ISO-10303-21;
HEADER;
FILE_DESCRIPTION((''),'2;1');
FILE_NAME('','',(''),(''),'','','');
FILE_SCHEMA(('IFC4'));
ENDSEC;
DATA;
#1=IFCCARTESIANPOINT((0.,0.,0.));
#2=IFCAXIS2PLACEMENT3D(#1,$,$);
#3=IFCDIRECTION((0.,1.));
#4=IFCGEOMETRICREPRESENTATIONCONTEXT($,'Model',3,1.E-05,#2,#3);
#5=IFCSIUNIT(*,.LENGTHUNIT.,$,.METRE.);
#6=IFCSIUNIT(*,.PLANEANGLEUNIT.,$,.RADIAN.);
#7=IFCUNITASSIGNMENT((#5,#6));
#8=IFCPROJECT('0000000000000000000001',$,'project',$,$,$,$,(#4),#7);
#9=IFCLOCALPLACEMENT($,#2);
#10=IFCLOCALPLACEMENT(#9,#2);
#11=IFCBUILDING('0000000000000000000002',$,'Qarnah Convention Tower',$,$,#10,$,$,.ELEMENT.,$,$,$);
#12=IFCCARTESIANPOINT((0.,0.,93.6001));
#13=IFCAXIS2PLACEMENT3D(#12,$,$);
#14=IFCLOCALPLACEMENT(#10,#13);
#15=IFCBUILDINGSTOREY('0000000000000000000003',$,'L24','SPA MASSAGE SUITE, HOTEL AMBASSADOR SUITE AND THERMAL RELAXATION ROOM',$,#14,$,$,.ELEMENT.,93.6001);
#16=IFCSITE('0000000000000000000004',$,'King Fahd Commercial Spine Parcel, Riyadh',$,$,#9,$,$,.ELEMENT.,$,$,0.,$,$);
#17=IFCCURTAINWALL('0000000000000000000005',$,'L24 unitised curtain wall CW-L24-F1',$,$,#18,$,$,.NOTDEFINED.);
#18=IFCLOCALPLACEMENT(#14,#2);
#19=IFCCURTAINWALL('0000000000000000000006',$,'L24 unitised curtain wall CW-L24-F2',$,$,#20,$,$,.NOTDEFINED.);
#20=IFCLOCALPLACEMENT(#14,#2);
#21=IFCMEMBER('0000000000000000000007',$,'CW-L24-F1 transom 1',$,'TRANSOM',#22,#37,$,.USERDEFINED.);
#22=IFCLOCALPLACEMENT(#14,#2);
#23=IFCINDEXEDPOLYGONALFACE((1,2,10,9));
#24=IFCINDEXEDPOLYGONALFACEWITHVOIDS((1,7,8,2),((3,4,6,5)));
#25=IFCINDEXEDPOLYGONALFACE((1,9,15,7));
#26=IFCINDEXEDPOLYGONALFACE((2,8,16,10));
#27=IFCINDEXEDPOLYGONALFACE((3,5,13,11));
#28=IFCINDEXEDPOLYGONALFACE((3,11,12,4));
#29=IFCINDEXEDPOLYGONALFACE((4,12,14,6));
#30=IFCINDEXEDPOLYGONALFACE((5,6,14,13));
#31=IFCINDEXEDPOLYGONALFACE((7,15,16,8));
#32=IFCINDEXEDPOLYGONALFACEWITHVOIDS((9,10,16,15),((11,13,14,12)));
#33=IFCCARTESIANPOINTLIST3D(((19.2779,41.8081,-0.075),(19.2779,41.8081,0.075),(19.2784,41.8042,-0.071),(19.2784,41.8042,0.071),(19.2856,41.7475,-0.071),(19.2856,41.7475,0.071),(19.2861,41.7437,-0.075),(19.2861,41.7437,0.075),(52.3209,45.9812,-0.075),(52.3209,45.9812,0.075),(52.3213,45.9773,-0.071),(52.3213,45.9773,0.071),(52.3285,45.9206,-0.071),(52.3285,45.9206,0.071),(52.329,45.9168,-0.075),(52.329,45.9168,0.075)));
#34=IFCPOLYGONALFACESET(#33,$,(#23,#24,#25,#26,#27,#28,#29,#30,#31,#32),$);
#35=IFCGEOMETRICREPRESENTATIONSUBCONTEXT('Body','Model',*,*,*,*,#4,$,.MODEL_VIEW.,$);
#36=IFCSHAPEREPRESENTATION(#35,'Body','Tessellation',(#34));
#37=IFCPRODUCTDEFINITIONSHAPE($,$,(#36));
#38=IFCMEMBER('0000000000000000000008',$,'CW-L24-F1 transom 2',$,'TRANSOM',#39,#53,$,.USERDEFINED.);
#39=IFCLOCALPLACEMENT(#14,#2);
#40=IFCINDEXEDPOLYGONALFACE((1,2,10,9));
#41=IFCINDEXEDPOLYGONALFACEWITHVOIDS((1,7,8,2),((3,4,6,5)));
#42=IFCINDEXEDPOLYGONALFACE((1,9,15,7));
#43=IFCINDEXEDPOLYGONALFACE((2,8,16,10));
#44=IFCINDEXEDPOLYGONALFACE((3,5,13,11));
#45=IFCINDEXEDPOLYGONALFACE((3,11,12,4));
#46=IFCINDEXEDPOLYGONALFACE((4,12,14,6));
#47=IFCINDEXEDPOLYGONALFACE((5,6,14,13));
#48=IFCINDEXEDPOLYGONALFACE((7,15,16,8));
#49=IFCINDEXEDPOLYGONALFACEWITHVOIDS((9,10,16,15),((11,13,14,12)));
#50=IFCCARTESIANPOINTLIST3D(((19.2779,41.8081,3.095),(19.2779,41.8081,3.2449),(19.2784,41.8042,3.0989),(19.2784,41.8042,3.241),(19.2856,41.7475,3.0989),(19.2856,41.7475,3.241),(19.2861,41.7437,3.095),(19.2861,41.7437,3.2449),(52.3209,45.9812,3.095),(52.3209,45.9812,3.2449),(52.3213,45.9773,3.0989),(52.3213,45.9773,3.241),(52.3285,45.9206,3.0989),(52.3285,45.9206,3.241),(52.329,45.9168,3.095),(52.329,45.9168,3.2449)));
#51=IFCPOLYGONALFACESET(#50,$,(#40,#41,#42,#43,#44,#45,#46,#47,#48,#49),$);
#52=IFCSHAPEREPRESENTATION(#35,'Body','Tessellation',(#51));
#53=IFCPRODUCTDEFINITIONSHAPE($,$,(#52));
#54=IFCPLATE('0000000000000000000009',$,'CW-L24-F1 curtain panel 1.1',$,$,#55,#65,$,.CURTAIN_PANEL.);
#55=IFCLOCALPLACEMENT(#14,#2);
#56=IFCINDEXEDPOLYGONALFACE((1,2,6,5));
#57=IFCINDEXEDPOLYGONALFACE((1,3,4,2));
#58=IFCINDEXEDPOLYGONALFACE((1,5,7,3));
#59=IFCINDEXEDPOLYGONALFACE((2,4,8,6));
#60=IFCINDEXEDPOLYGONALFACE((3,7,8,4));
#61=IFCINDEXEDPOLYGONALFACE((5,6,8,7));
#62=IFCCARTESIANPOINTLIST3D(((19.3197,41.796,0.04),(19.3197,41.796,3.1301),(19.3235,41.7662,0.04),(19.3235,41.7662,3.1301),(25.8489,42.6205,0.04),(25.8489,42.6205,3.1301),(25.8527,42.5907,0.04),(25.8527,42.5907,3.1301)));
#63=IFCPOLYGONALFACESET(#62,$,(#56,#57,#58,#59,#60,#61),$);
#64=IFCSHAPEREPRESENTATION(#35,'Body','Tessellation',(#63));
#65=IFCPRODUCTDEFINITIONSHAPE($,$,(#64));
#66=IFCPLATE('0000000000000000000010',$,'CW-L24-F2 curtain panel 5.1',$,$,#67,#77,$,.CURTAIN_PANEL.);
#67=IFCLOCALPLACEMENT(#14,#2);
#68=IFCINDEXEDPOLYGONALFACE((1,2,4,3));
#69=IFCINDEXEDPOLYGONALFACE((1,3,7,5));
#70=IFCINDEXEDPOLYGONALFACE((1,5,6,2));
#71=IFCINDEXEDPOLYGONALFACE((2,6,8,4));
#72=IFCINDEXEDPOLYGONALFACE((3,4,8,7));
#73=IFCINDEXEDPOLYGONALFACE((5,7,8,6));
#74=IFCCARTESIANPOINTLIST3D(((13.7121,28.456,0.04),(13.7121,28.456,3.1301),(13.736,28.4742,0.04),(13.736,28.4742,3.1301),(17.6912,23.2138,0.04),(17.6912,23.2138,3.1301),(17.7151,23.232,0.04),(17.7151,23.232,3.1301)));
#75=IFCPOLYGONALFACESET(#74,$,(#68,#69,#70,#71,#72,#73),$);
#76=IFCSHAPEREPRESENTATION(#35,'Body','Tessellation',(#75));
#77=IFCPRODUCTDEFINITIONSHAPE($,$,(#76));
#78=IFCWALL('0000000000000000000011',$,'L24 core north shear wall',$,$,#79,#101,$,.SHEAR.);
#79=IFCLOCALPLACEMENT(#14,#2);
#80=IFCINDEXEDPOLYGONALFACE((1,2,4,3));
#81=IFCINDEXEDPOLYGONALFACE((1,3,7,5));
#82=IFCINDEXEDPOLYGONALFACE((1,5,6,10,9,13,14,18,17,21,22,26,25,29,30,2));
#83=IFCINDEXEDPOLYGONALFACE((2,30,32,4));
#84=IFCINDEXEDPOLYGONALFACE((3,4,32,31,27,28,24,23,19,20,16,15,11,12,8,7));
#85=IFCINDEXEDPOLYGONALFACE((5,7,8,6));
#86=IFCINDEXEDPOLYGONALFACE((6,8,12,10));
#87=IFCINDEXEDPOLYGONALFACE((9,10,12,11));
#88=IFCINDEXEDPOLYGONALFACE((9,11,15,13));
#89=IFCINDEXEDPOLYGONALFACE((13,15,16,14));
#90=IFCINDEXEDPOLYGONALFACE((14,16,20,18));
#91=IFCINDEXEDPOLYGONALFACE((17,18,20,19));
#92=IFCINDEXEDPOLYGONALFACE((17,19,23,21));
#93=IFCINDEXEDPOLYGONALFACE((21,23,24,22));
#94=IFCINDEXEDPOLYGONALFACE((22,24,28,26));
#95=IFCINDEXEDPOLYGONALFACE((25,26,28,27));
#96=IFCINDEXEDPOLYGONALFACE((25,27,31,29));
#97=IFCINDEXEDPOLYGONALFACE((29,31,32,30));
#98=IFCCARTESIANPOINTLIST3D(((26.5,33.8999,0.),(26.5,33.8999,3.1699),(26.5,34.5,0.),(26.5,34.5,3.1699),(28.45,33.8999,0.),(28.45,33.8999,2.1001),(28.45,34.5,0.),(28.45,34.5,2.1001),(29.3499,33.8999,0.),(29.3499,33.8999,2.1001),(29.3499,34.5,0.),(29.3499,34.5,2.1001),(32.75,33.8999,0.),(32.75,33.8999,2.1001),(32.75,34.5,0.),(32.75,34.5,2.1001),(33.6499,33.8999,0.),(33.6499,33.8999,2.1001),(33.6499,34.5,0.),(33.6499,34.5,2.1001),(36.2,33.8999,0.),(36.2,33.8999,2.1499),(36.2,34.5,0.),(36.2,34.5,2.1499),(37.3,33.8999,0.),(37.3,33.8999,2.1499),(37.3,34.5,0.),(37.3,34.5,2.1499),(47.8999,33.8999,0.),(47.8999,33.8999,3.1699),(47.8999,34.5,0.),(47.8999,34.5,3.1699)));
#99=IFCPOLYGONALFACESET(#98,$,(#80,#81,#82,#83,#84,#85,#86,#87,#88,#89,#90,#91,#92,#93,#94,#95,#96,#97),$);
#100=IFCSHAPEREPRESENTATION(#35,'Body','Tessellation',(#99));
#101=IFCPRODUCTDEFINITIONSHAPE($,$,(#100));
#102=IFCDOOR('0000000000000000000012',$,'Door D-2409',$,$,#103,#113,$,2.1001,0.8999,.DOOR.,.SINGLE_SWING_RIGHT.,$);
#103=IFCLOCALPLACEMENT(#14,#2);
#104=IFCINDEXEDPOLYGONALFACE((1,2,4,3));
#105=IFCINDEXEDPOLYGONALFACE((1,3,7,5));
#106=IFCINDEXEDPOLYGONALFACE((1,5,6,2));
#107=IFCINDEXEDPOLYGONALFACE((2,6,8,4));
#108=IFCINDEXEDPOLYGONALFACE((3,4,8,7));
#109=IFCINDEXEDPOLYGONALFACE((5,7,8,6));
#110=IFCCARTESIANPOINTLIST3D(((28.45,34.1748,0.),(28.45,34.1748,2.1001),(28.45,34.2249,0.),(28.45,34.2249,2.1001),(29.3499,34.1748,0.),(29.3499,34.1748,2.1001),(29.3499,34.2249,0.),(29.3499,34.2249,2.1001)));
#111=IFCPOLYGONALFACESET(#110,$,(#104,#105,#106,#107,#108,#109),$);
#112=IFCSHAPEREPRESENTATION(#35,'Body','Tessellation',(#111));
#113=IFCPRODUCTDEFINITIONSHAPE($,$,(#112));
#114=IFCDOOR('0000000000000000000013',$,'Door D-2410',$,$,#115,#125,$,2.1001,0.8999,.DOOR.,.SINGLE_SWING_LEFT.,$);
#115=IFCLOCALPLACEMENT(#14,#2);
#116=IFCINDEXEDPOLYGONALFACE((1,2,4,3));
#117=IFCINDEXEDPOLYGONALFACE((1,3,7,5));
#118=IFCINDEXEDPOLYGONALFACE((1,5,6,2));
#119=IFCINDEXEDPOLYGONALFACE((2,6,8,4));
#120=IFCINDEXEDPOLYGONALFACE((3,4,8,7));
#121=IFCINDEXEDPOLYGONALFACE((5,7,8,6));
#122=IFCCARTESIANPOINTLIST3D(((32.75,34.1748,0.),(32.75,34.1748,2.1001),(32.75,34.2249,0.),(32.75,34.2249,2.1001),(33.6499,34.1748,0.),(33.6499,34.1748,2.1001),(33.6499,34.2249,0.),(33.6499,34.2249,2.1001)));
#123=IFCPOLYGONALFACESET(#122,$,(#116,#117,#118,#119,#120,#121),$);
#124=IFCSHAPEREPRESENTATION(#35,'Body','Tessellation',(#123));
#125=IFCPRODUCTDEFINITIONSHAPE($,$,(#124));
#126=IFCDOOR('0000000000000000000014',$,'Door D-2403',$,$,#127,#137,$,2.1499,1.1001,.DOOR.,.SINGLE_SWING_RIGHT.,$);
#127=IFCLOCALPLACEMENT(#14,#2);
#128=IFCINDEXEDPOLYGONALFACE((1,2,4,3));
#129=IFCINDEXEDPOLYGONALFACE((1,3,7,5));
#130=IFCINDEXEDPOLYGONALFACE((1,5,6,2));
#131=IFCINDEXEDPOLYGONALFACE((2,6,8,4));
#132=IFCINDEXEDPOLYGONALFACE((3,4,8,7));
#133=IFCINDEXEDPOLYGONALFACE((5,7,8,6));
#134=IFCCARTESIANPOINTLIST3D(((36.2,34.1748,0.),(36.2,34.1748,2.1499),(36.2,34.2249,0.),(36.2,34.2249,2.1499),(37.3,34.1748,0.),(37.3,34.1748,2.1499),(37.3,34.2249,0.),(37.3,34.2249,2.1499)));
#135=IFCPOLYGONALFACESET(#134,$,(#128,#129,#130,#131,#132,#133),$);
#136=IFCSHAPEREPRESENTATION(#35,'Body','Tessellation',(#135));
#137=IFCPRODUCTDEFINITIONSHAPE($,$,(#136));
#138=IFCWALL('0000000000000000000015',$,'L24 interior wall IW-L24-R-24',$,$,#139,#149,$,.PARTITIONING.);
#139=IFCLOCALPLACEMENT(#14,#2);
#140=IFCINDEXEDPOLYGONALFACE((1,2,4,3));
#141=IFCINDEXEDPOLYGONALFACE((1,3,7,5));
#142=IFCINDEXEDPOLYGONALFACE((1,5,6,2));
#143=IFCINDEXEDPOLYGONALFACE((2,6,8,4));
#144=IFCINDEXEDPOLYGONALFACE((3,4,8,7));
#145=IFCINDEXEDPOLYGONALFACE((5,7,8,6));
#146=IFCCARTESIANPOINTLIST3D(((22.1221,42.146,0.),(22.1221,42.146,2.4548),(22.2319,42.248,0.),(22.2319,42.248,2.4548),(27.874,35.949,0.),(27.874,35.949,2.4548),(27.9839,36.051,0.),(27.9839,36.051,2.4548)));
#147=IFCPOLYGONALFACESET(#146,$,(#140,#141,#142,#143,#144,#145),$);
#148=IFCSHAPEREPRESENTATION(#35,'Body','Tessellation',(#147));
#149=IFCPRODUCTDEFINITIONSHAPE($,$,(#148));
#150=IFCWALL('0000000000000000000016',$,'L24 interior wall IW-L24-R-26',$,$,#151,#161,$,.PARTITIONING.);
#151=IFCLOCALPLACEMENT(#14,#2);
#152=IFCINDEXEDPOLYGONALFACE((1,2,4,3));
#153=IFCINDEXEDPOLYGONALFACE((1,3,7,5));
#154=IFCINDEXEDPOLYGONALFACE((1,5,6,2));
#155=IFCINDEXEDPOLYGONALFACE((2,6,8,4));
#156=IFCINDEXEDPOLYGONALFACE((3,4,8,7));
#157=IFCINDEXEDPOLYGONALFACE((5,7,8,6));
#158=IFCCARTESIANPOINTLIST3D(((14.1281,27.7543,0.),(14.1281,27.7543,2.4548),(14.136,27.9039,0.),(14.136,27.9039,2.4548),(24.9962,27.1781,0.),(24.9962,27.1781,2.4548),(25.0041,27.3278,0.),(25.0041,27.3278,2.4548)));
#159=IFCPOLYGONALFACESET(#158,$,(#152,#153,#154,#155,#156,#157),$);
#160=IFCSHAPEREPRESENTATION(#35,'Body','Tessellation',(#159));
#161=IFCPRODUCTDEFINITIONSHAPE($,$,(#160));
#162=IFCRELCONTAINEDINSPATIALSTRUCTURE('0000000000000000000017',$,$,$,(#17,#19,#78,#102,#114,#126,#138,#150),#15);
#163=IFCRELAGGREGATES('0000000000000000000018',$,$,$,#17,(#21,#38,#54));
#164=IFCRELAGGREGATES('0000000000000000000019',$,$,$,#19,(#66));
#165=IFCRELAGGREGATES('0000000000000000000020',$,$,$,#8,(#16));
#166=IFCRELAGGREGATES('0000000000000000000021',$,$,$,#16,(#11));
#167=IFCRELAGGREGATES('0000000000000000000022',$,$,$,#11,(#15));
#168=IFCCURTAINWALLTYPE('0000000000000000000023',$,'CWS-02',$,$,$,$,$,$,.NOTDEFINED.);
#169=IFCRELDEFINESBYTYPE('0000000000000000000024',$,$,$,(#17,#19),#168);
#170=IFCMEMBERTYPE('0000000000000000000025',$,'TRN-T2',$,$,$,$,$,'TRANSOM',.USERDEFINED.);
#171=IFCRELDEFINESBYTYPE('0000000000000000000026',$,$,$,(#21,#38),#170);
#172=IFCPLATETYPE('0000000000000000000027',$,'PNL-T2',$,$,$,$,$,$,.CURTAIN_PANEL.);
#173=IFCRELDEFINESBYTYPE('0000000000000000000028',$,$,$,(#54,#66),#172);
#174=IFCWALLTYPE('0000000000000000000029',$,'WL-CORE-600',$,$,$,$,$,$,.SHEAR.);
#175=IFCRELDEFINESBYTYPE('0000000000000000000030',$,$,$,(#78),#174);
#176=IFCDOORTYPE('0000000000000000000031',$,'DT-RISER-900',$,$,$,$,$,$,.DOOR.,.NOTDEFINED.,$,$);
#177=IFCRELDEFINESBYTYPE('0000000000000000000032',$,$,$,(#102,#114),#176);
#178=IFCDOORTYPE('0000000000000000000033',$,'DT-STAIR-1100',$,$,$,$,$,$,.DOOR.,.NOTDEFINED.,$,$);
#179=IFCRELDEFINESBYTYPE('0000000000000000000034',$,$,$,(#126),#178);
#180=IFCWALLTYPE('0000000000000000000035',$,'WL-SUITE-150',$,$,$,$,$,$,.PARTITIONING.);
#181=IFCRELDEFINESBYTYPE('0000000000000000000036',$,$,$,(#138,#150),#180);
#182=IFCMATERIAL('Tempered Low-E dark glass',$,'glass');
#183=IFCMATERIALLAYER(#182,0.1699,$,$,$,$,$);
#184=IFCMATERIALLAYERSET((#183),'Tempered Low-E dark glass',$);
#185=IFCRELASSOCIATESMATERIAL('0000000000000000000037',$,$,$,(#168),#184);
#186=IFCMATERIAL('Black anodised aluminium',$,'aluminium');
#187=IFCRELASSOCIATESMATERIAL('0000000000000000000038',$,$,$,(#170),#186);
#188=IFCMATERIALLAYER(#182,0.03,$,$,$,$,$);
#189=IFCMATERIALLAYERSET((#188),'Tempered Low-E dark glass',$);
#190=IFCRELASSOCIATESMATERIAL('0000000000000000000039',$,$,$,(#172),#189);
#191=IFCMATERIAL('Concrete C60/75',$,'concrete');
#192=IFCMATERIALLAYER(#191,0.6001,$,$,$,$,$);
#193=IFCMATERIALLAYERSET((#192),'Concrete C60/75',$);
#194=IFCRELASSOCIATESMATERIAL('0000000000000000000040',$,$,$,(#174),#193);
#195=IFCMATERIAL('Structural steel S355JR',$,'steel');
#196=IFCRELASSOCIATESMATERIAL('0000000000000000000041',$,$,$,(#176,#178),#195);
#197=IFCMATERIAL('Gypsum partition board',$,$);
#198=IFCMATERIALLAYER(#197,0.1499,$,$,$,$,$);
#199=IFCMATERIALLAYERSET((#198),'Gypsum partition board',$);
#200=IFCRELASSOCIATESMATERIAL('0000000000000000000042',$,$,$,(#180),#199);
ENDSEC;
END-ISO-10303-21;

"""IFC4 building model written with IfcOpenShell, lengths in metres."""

from ifc_helpers import new_model, si_unit, direction, frame, frame_2d, origin, origin_2d, place, context, subcontext, project, spatial, rectangle, hollow_rectangle, extrude, material, layer, layer_set, material_profile, profile_set, type_object, element, fill, aggregate, save


model = new_model("IFC4")

# Units and contexts
model_context = context("Model", 3, precision=1e-05, world=origin(), true_north=direction((0.0, 1.0)))
body_context = subcontext(model_context, "Body", "Model", "MODEL_VIEW")
ifc_project = project(units=[si_unit("LENGTHUNIT", "METRE"), si_unit("PLANEANGLEUNIT", "RADIAN")], contexts=[model_context])

# Site, building, storey
site_placement = place(None, origin())
site = spatial("IfcSite", under=ifc_project, at=site_placement, Name="King Fahd Commercial Spine Parcel, Riyadh", CompositionType="ELEMENT", RefElevation=0.0)
building_placement = place(site_placement, origin())
building = spatial("IfcBuilding", under=site, at=building_placement, Name="Qarnah Convention Tower", CompositionType="ELEMENT")
storey_placement = place(building_placement, frame((0.0, 0.0, 93.6001)))
storey = spatial("IfcBuildingStorey", under=building, at=storey_placement, Name="L24", Description="SPA MASSAGE SUITE, HOTEL AMBASSADOR SUITE AND THERMAL RELAXATION ROOM", CompositionType="ELEMENT", Elevation=93.6001)

# Shared definitions
ifc_material_1 = material(Name="Concrete C60/75", Category="concrete")

# Shared definitions
ifc_material_2 = material(Name="Structural steel S355JR", Category="steel")

# Curtain wall
ifc_material_3 = material(Name="Tempered Low-E dark glass", Category="glass")
ifc_layer_1 = layer(ifc_material_3, 0.1699)
ifc_layer_set_1 = layer_set([ifc_layer_1], Name="Tempered Low-E dark glass")
curtain_wall_type = type_object("IfcCurtainWallType", Name="CWS-02", PredefinedType="NOTDEFINED", material=ifc_layer_set_1)
curtain_wall_1_placement = place(storey_placement, origin())
curtain_wall_1 = element("IfcCurtainWall", 1, at=curtain_wall_1_placement, inside=storey, type_object=curtain_wall_type, Name="L24 unitised curtain wall CW-L24-F1", PredefinedType="NOTDEFINED")
ifc_material_4 = material(Name="Black anodised aluminium", Category="aluminium")

# Curtain wall
curtain_wall_2_placement = place(storey_placement, origin())
curtain_wall_2 = element("IfcCurtainWall", 2, at=curtain_wall_2_placement, inside=storey, type_object=curtain_wall_type, Name="L24 unitised curtain wall CW-L24-F2", PredefinedType="NOTDEFINED")

# Members
ifc_material_profile_1 = material_profile(ifc_material_4, hollow_rectangle(XDim=0.0649, YDim=0.1499, WallThickness=0.0039, at=origin_2d()), Name="TRN-65X150")
ifc_profile_set_1 = profile_set([ifc_material_profile_1], Name="Black anodised aluminium")
member_type_1 = type_object("IfcMemberType", Name="TRN-T2", ElementType="TRANSOM", PredefinedType="USERDEFINED", material=ifc_profile_set_1)
member_1_placement = place(storey_placement, frame((19.282, 41.7759, 0.0), z_axis=(0.992119, 0.125298, 0.0), x_axis=(-0.125298, 0.992119, 0.0)))
member_1 = element("IfcMember", 3, at=member_1_placement, type_object=member_type_1, Name="CW-L24-F1 transom 1", ObjectType="TRANSOM", PredefinedType="USERDEFINED", context=body_context, shape_type="SweptSolid", body=[
    extrude(hollow_rectangle(XDim=0.0649, YDim=0.1499, WallThickness=0.0039, at=origin_2d()), origin(), (0.0, 0.0, 1.0), 33.3054),
])
member_2_placement = place(storey_placement, frame((19.282, 41.7759, 3.1699), z_axis=(0.992119, 0.125298, 0.0), x_axis=(-0.125298, 0.992119, 0.0)))
member_2 = element("IfcMember", 4, at=member_2_placement, type_object=member_type_1, Name="CW-L24-F1 transom 2", ObjectType="TRANSOM", PredefinedType="USERDEFINED", context=body_context, shape_type="SweptSolid", body=[
    extrude(hollow_rectangle(XDim=0.0649, YDim=0.1499, WallThickness=0.0039, at=origin_2d()), origin(), (0.0, 0.0, 1.0), 33.3054),
])

# Plates
ifc_layer_2 = layer(ifc_material_3, 0.03)
ifc_layer_set_2 = layer_set([ifc_layer_2], Name="Tempered Low-E dark glass")
plate_type = type_object("IfcPlateType", Name="PNL-T2", PredefinedType="CURTAIN_PANEL", material=ifc_layer_set_2)
plate_1_placement = place(storey_placement, frame((22.5862, 42.1934, 0.04), z_axis=(0.0, 0.0, 1.0), x_axis=(0.99212, 0.125295, 0.0)))
plate_1 = element("IfcPlate", 5, at=plate_1_placement, type_object=plate_type, Name="CW-L24-F1 curtain panel 1.1", PredefinedType="CURTAIN_PANEL", context=body_context, shape_type="SweptSolid", body=[
    extrude(rectangle(XDim=6.5811, YDim=0.03, at=origin_2d()), origin(), (0.0, 0.0, 1.0), 3.0901),
])
aggregate(curtain_wall_1, [member_1, member_2, plate_1])
plate_2_placement = place(storey_placement, frame((15.7136, 25.844, 0.04), z_axis=(0.0, 0.0, 1.0), x_axis=(-0.604607, 0.796524, 0.0)))
plate_2 = element("IfcPlate", 6, at=plate_2_placement, type_object=plate_type, Name="CW-L24-F2 curtain panel 5.1", PredefinedType="CURTAIN_PANEL", context=body_context, shape_type="SweptSolid", body=[
    extrude(rectangle(XDim=6.5813, YDim=0.03, at=origin_2d()), origin(), (0.0, 0.0, 1.0), 3.0901),
])
aggregate(curtain_wall_2, [plate_2])

# Wall, openings, doors
ifc_layer_3 = layer(ifc_material_1, 0.6001)
ifc_layer_set_3 = layer_set([ifc_layer_3], Name="Concrete C60/75")
wall_type_1 = type_object("IfcWallType", Name="WL-CORE-600", PredefinedType="SHEAR", material=ifc_layer_set_3)
wall_1_placement = place(storey_placement, frame((26.5, 34.2, 0.0), z_axis=(0.0, 0.0, 1.0), x_axis=(1.0, 0.0, 0.0)))
wall_1 = element("IfcWall", 7, at=wall_1_placement, inside=storey, type_object=wall_type_1, Name="L24 core north shear wall", PredefinedType="SHEAR", context=body_context, shape_type="SweptSolid", body=[
    extrude(rectangle(XDim=21.3999, YDim=0.6001, at=frame_2d((10.7, 0.0))), origin(), (0.0, 0.0, 1.0), 3.1699),
])
opening_1_placement = place(wall_1_placement, frame((9.7, 0.0, 0.0)))
opening_1 = element("IfcOpeningElement", 8, at=opening_1_placement, cuts=wall_1, PredefinedType="OPENING", context=body_context, shape_type="SweptSolid", body=[
    extrude(rectangle(XDim=1.1001, YDim=2.1499, at=frame_2d((0.55, 1.075))), frame((0.0, 0.3101, 0.0), z_axis=(0.0, -1.0, 0.0), x_axis=(1.0, 0.0, 0.0)), (0.0, 0.0, 1.0), 0.6201),
])
opening_2_placement = place(wall_1_placement, frame((1.95, 0.0, 0.0)))
opening_2 = element("IfcOpeningElement", 9, at=opening_2_placement, cuts=wall_1, PredefinedType="OPENING", context=body_context, shape_type="SweptSolid", body=[
    extrude(rectangle(XDim=0.8999, YDim=2.1001, at=frame_2d((0.45, 1.05))), frame((0.0, 0.3101, 0.0), z_axis=(0.0, -1.0, 0.0), x_axis=(1.0, 0.0, 0.0)), (0.0, 0.0, 1.0), 0.6201),
])
opening_3_placement = place(wall_1_placement, frame((6.25, 0.0, 0.0)))
opening_3 = element("IfcOpeningElement", 10, at=opening_3_placement, cuts=wall_1, PredefinedType="OPENING", context=body_context, shape_type="SweptSolid", body=[
    extrude(rectangle(XDim=0.8999, YDim=2.1001, at=frame_2d((0.45, 1.05))), frame((0.0, 0.3101, 0.0), z_axis=(0.0, -1.0, 0.0), x_axis=(1.0, 0.0, 0.0)), (0.0, 0.0, 1.0), 0.6201),
])
door_type_1 = type_object("IfcDoorType", Name="DT-RISER-900", OperationType="NOTDEFINED", PredefinedType="DOOR", material=ifc_material_2)
door_1_placement = place(opening_2_placement, origin())
door_1 = element("IfcDoor", 11, at=door_1_placement, inside=storey, type_object=door_type_1, Name="Door D-2409", OperationType="SINGLE_SWING_RIGHT", OverallHeight=2.1001, OverallWidth=0.8999, PredefinedType="DOOR", context=body_context, shape_type="SweptSolid", body=[
    extrude(rectangle(XDim=0.8999, YDim=2.1001, at=frame_2d((0.45, 1.05))), frame((0.0, 0.0249, 0.0), z_axis=(0.0, -1.0, 0.0), x_axis=(1.0, 0.0, 0.0)), (0.0, 0.0, 1.0), 0.05),
])
fill(opening_2, door_1)
door_2_placement = place(opening_3_placement, origin())
door_2 = element("IfcDoor", 12, at=door_2_placement, inside=storey, type_object=door_type_1, Name="Door D-2410", OperationType="SINGLE_SWING_LEFT", OverallHeight=2.1001, OverallWidth=0.8999, PredefinedType="DOOR", context=body_context, shape_type="SweptSolid", body=[
    extrude(rectangle(XDim=0.8999, YDim=2.1001, at=frame_2d((0.45, 1.05))), frame((0.0, 0.0249, 0.0), z_axis=(0.0, -1.0, 0.0), x_axis=(1.0, 0.0, 0.0)), (0.0, 0.0, 1.0), 0.05),
])
fill(opening_3, door_2)
door_type_2 = type_object("IfcDoorType", Name="DT-STAIR-1100", OperationType="NOTDEFINED", PredefinedType="DOOR", material=ifc_material_2)
door_3_placement = place(opening_1_placement, origin())
door_3 = element("IfcDoor", 13, at=door_3_placement, inside=storey, type_object=door_type_2, Name="Door D-2403", OperationType="SINGLE_SWING_RIGHT", OverallHeight=2.1499, OverallWidth=1.1001, PredefinedType="DOOR", context=body_context, shape_type="SweptSolid", body=[
    extrude(rectangle(XDim=1.1001, YDim=2.1499, at=frame_2d((0.55, 1.075))), frame((0.0, 0.0249, 0.0), z_axis=(0.0, -1.0, 0.0), x_axis=(1.0, 0.0, 0.0)), (0.0, 0.0, 1.0), 0.05),
])
fill(opening_1, door_3)

# Walls
ifc_material_5 = material(Name="Gypsum partition board")
ifc_layer_4 = layer(ifc_material_5, 0.1499)
ifc_layer_set_4 = layer_set([ifc_layer_4], Name="Gypsum partition board")
wall_type_2 = type_object("IfcWallType", Name="WL-SUITE-150", PredefinedType="PARTITIONING", material=ifc_layer_set_4)
wall_2_placement = place(storey_placement, frame((22.177, 42.197, 0.0), z_axis=(0.0, 0.0, 1.0), x_axis=(0.680297, -0.732936, 0.0)))
element("IfcWall", 14, at=wall_2_placement, inside=storey, type_object=wall_type_2, Name="L24 interior wall IW-L24-R-24", PredefinedType="PARTITIONING", context=body_context, shape_type="SweptSolid", body=[
    extrude(rectangle(XDim=8.4551, YDim=0.1499, at=frame_2d((4.2275, 0.0))), origin(), (0.0, 0.0, 1.0), 2.4548),
])
wall_3_placement = place(storey_placement, frame((14.1321, 27.8291, 0.0), z_axis=(0.0, 0.0, 1.0), x_axis=(0.998598, -0.052941, 0.0)))
element("IfcWall", 15, at=wall_3_placement, inside=storey, type_object=wall_type_2, Name="L24 interior wall IW-L24-R-26", PredefinedType="PARTITIONING", context=body_context, shape_type="SweptSolid", body=[
    extrude(rectangle(XDim=10.8833, YDim=0.1499, at=frame_2d((5.4417, 0.0))), origin(), (0.0, 0.0, 1.0), 2.4548),
])

save(model, "model.ifc")
